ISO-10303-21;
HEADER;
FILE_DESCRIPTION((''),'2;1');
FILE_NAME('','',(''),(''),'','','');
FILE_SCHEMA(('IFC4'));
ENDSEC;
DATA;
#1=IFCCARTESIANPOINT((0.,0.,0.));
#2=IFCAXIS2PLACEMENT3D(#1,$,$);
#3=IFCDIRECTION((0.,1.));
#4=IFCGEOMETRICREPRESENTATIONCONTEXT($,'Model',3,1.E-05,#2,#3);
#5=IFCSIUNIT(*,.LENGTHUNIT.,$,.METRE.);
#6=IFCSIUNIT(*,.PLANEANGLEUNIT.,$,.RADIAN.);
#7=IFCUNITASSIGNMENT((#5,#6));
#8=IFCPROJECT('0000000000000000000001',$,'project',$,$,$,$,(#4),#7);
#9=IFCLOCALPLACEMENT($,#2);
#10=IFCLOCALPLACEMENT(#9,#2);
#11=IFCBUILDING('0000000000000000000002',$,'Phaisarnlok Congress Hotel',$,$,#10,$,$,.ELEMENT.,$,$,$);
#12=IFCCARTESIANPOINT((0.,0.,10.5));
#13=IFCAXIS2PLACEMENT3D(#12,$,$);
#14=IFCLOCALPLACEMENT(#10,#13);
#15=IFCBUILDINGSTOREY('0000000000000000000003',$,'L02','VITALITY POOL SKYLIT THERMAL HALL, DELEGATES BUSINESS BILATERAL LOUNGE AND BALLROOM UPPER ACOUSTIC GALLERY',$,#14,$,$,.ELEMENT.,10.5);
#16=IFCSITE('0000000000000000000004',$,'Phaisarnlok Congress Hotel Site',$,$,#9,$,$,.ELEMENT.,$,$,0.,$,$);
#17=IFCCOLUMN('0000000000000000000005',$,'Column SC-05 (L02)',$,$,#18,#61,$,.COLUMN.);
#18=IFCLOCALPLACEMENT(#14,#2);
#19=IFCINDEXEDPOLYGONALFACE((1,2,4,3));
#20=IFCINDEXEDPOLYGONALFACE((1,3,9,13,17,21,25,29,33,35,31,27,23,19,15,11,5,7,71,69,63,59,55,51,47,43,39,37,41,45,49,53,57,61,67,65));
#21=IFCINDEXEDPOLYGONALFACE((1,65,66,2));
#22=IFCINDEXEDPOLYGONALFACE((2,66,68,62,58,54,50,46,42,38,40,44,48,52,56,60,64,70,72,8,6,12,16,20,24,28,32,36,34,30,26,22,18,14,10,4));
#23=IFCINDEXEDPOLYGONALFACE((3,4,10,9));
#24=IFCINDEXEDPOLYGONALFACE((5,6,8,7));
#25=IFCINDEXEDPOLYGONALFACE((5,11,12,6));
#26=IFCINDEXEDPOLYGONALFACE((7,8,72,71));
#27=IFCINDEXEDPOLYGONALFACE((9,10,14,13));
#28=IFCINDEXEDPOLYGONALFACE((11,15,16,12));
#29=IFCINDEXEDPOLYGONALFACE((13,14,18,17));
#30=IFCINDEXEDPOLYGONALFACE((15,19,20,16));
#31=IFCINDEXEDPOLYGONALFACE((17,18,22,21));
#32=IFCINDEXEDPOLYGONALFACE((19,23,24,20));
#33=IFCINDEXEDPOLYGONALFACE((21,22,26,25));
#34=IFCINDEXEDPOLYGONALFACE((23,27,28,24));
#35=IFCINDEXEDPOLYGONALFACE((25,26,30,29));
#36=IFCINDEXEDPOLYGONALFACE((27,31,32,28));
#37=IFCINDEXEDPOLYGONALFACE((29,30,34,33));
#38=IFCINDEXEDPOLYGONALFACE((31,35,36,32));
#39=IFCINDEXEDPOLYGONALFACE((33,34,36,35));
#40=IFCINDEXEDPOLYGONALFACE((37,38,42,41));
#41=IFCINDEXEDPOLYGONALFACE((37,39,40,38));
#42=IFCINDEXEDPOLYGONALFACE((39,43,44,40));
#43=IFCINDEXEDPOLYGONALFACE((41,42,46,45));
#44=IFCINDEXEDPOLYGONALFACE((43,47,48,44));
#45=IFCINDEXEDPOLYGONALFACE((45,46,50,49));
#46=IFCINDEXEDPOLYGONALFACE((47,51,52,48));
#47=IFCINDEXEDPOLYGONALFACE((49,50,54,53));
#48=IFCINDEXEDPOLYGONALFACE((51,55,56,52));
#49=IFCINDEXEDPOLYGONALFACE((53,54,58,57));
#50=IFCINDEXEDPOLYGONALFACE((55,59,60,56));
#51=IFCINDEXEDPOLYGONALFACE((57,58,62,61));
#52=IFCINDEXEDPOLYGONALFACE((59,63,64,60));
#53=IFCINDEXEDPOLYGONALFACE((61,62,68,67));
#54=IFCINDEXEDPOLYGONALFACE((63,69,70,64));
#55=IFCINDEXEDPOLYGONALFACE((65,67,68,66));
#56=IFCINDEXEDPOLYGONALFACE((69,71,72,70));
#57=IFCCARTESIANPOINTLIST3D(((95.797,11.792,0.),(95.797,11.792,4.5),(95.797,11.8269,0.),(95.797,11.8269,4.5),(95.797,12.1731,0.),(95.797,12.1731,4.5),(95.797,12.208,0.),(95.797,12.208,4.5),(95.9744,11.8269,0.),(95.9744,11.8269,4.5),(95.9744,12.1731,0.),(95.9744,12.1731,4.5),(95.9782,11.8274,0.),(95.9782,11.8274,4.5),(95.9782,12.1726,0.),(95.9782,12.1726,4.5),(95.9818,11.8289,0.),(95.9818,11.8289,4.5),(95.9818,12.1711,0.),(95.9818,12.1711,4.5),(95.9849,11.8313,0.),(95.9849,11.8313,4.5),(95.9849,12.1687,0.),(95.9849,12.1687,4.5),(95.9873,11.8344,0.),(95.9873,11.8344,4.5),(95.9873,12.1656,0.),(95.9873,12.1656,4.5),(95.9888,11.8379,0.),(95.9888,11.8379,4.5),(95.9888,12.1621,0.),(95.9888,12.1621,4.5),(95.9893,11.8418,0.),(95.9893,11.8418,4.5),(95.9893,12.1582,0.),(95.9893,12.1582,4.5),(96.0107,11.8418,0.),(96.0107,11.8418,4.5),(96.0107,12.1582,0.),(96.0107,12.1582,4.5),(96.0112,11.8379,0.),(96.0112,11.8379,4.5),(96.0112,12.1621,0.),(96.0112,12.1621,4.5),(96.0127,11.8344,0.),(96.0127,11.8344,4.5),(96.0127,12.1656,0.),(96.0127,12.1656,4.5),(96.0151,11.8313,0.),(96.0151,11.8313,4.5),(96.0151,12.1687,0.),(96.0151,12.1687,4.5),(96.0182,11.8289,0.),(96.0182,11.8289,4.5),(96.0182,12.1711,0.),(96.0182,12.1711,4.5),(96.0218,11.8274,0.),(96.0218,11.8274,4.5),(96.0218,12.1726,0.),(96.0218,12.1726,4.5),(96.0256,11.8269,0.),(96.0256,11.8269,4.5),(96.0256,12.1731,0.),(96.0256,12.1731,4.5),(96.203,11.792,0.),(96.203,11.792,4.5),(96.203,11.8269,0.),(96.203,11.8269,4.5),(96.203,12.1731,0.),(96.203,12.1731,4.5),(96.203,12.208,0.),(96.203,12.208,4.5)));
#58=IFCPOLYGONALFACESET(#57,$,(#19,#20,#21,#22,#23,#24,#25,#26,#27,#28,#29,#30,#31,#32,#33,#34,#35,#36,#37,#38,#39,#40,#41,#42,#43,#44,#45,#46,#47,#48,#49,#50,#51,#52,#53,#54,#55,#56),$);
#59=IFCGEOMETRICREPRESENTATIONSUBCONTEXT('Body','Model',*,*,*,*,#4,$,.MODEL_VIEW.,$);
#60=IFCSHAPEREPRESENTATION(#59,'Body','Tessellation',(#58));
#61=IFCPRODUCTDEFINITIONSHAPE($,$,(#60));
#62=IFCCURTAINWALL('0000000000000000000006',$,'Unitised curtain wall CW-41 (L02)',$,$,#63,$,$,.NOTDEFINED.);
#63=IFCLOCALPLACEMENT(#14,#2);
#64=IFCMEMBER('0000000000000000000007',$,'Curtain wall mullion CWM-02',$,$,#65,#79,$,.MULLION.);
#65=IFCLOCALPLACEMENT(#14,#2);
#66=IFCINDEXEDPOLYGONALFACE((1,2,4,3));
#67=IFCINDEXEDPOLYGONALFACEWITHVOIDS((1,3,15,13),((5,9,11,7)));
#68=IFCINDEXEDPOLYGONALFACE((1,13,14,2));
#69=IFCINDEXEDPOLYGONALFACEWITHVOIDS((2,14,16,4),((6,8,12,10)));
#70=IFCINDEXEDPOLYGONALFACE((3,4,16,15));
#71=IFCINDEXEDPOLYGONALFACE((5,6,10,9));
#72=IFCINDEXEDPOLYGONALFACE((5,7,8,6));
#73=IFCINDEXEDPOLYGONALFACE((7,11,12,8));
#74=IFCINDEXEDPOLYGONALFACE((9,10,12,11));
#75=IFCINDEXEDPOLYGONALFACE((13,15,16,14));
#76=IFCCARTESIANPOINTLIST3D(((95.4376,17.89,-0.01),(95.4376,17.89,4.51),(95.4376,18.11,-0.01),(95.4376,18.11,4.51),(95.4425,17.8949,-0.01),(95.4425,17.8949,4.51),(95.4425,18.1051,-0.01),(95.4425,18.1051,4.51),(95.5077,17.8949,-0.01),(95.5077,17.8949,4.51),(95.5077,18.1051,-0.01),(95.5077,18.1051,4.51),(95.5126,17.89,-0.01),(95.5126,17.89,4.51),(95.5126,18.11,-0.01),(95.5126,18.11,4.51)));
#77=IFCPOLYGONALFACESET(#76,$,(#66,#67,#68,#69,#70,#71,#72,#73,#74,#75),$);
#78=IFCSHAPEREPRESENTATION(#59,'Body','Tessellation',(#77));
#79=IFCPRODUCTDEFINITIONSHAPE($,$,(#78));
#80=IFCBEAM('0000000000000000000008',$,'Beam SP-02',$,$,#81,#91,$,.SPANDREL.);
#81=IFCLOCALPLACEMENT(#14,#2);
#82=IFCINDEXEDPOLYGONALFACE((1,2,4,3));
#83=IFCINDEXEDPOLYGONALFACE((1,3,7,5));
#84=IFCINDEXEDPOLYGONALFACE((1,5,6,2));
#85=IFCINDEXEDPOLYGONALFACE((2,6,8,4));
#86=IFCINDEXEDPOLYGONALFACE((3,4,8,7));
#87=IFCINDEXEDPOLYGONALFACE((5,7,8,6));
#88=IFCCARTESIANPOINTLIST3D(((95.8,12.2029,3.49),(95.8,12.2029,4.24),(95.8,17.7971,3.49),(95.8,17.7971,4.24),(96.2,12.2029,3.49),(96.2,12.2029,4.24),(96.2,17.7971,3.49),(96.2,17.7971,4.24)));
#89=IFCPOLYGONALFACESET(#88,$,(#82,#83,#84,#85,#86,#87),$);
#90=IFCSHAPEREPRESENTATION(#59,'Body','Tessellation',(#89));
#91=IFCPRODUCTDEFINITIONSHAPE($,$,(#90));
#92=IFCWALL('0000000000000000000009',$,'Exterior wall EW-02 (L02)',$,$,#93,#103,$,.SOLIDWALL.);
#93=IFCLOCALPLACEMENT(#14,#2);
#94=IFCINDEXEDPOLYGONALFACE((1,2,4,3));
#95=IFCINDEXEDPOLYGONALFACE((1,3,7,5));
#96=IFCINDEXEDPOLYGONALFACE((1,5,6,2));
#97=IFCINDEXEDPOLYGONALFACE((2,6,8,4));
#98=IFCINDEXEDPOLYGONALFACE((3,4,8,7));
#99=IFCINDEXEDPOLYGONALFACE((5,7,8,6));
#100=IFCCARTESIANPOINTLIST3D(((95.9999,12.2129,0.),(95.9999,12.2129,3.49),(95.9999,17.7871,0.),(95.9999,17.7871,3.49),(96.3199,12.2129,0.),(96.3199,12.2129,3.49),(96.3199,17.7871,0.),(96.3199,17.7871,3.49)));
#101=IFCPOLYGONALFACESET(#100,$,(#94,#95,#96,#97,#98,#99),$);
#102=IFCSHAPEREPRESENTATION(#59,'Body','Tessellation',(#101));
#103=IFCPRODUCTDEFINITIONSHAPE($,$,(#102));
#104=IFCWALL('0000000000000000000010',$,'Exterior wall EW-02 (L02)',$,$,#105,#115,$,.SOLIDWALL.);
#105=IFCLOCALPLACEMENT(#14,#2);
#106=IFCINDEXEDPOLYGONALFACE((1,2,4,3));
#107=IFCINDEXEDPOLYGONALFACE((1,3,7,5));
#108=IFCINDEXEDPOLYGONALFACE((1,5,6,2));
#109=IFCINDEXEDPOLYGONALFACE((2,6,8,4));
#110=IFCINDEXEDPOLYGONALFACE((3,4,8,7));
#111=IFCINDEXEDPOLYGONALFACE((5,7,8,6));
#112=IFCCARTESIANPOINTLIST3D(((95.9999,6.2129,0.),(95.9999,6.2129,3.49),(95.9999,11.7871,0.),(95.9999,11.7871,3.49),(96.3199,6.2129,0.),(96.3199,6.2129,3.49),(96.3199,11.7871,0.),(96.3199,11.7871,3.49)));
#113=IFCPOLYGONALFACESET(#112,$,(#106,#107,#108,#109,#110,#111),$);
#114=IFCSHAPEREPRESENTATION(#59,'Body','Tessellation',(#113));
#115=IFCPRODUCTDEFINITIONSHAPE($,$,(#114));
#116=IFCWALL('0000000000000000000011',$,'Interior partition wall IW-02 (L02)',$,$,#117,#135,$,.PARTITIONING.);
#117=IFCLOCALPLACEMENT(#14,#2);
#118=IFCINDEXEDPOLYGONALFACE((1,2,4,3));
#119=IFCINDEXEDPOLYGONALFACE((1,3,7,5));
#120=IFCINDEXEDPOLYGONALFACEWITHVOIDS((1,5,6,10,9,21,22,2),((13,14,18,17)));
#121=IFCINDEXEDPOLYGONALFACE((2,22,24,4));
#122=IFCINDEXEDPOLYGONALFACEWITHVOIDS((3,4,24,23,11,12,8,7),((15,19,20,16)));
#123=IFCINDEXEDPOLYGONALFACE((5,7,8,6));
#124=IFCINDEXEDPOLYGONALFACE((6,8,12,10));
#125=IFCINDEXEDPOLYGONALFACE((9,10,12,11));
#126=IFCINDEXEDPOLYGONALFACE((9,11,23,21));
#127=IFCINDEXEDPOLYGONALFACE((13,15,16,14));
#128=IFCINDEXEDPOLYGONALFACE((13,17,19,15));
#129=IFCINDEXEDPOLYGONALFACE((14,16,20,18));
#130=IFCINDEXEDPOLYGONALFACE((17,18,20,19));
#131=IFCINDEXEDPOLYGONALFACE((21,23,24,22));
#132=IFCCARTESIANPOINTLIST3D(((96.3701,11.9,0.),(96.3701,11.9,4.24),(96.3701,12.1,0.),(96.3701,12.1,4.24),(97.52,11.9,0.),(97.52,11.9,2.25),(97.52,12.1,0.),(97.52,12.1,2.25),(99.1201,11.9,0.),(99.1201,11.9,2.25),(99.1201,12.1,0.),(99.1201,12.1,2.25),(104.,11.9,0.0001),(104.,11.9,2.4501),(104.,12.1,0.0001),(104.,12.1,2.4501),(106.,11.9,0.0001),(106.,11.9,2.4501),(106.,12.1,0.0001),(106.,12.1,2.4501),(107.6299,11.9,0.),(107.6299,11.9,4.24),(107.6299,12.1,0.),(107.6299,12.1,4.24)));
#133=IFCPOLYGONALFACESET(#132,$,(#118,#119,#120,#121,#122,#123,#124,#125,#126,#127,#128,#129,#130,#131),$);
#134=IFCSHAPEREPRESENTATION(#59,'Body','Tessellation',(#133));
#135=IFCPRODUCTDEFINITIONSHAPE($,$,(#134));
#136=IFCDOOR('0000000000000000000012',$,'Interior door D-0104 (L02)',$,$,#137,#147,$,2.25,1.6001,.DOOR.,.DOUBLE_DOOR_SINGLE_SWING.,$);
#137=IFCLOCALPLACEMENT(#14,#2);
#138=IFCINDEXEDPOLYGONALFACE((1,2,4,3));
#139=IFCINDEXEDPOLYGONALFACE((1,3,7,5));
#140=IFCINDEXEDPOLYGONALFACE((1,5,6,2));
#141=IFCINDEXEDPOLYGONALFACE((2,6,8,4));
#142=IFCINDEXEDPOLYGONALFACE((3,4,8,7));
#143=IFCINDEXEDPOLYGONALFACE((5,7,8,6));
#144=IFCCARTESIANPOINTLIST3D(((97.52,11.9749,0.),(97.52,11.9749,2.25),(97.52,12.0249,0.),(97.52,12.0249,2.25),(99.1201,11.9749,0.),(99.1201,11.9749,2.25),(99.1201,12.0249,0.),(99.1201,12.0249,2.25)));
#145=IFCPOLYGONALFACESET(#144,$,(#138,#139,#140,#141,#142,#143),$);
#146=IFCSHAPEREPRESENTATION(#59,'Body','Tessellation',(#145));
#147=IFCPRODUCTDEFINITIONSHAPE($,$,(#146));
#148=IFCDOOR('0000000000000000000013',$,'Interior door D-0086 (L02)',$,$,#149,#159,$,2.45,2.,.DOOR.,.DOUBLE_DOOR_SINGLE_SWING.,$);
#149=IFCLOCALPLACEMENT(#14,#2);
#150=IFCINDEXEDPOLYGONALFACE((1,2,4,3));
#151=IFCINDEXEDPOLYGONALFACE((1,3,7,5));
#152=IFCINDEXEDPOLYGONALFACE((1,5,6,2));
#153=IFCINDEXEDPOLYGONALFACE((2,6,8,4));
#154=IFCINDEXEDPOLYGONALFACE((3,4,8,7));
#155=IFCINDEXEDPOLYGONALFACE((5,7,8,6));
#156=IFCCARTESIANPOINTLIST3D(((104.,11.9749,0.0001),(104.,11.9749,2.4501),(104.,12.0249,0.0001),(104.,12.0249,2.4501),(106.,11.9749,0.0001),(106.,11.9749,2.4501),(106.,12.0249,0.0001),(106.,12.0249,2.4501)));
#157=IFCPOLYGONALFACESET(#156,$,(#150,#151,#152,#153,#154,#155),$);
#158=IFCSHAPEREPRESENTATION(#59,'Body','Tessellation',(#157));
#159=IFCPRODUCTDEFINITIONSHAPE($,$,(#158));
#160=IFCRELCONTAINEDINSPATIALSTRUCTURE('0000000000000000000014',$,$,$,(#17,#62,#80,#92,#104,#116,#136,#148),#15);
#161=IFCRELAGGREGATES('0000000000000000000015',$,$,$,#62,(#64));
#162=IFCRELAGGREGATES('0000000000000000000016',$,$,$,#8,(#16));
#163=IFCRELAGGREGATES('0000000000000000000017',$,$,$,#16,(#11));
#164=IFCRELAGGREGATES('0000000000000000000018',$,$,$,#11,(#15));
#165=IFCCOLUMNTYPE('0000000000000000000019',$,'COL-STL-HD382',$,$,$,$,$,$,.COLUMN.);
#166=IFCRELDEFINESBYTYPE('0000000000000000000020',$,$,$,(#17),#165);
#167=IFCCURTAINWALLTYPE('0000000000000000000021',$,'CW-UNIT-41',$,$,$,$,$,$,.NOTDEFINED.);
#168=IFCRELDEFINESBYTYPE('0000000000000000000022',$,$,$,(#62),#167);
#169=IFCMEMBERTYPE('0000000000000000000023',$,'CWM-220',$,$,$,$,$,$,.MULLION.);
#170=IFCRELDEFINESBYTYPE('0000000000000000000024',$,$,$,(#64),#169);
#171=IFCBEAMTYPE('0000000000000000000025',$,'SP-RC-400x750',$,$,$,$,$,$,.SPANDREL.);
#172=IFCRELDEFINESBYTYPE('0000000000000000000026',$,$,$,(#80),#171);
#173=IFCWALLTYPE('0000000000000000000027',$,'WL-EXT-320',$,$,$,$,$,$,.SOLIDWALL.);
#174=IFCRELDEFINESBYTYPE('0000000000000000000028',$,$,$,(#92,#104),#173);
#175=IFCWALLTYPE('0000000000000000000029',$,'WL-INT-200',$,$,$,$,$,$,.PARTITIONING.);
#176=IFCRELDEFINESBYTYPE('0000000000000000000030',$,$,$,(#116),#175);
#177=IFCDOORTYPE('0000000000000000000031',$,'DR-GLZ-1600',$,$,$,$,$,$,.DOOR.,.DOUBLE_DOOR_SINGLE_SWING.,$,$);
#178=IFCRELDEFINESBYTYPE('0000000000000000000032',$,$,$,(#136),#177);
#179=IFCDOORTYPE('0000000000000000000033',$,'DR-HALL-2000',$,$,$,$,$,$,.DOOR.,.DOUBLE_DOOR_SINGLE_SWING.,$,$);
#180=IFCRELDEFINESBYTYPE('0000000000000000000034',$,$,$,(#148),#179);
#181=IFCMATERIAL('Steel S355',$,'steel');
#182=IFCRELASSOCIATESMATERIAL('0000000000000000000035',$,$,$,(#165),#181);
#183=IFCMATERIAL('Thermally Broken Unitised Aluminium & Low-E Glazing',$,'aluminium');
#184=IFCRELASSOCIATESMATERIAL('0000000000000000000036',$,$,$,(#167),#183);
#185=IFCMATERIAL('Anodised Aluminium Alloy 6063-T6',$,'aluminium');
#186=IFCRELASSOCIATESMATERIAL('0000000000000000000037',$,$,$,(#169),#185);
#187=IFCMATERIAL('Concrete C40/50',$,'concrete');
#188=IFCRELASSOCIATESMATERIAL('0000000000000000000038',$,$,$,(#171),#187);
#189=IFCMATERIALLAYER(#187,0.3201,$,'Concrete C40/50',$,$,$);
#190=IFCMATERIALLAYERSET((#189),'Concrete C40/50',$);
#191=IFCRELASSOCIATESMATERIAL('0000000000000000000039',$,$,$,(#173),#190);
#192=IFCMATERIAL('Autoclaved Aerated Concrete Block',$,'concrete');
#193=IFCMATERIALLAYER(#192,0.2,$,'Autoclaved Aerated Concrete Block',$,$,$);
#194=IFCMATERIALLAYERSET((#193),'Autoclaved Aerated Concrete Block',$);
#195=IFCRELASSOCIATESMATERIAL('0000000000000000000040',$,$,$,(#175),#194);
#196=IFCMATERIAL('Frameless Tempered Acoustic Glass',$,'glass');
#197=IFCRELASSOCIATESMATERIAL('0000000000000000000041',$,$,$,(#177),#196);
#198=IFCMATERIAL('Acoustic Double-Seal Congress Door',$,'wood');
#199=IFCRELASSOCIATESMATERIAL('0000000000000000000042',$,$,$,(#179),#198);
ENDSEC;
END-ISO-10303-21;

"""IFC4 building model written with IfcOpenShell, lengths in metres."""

from ifc_helpers import new_model, si_unit, direction, frame, frame_2d, origin, origin_2d, place, context, subcontext, project, spatial, rectangle, hollow_rectangle, i_section, extrude, material, layer, layer_set, material_profile, profile_set, type_object, element, fill, aggregate, save


model = new_model("IFC4")

# Units and contexts
model_context = context("Model", 3, precision=1e-05, world=origin(), true_north=direction((0.0, 1.0)))
body_context = subcontext(model_context, "Body", "Model", "MODEL_VIEW")
ifc_project = project(units=[si_unit("LENGTHUNIT", "METRE"), si_unit("PLANEANGLEUNIT", "RADIAN")], contexts=[model_context])

# Site, building, storey
site_placement = place(None, origin())
site = spatial("IfcSite", under=ifc_project, at=site_placement, Name="Phaisarnlok Congress Hotel Site", CompositionType="ELEMENT", RefElevation=0.0)
building_placement = place(site_placement, origin())
building = spatial("IfcBuilding", under=site, at=building_placement, Name="Phaisarnlok Congress Hotel", CompositionType="ELEMENT")
storey_placement = place(building_placement, frame((0.0, 0.0, 10.5)))
storey = spatial("IfcBuildingStorey", under=building, at=storey_placement, Name="L02", Description="VITALITY POOL SKYLIT THERMAL HALL, DELEGATES BUSINESS BILATERAL LOUNGE AND BALLROOM UPPER ACOUSTIC GALLERY", CompositionType="ELEMENT", Elevation=10.5)

# Column
ifc_material_1 = material(Name="Steel S355", Category="steel")
ifc_material_profile_1 = material_profile(ifc_material_1, i_section(OverallWidth=0.406, OverallDepth=0.416, WebThickness=0.0215, FlangeThickness=0.0349, FilletRadius=0.0149, at=origin_2d()), Name="HD 400x382")
ifc_profile_set_1 = profile_set([ifc_material_profile_1], Name="Steel S355")
column_type = type_object("IfcColumnType", Name="COL-STL-HD382", PredefinedType="COLUMN", material=ifc_profile_set_1)
column_placement = place(storey_placement, frame((96.0, 12.0, 0.0), z_axis=(0.0, 0.0, 1.0), x_axis=(1.0, 0.0, 0.0)))
element("IfcColumn", 1, at=column_placement, inside=storey, type_object=column_type, Name="Column SC-05 (L02)", PredefinedType="COLUMN", context=body_context, shape_type="SweptSolid", body=[
    extrude(i_section(OverallWidth=0.406, OverallDepth=0.416, WebThickness=0.0215, FlangeThickness=0.0349, FilletRadius=0.0149, at=origin_2d()), origin(), (0.0, 0.0, 1.0), 4.5),
])

# Curtain wall, member
ifc_material_2 = material(Name="Thermally Broken Unitised Aluminium & Low-E Glazing", Category="aluminium")
curtain_wall_type = type_object("IfcCurtainWallType", Name="CW-UNIT-41", PredefinedType="NOTDEFINED", material=ifc_material_2)
curtain_wall_placement = place(storey_placement, origin())
curtain_wall = element("IfcCurtainWall", 2, at=curtain_wall_placement, inside=storey, type_object=curtain_wall_type, Name="Unitised curtain wall CW-41 (L02)", PredefinedType="NOTDEFINED")
ifc_material_3 = material(Name="Anodised Aluminium Alloy 6063-T6", Category="aluminium")
ifc_material_profile_2 = material_profile(ifc_material_3, hollow_rectangle(XDim=0.075, YDim=0.22, WallThickness=0.0049, at=origin_2d()), Name="ALU-M 75x220x5")
ifc_profile_set_2 = profile_set([ifc_material_profile_2], Name="Anodised Aluminium Alloy 6063-T6")
member_type = type_object("IfcMemberType", Name="CWM-220", PredefinedType="MULLION", material=ifc_profile_set_2)
member_placement = place(storey_placement, frame((95.4751, 18.0, -0.01), z_axis=(0.0, 0.0, 1.0), x_axis=(1.0, 0.0, 0.0)))
member = element("IfcMember", 3, at=member_placement, type_object=member_type, Name="Curtain wall mullion CWM-02", PredefinedType="MULLION", context=body_context, shape_type="SweptSolid", body=[
    extrude(hollow_rectangle(XDim=0.075, YDim=0.22, WallThickness=0.0049, at=origin_2d()), origin(), (0.0, 0.0, 1.0), 4.52),
])
aggregate(curtain_wall, [member])

# Beam
ifc_material_4 = material(Name="Concrete C40/50", Category="concrete")
ifc_material_profile_3 = material_profile(ifc_material_4, rectangle(XDim=0.3999, YDim=0.75, at=origin_2d()), Name="RC 400x750")
ifc_profile_set_3 = profile_set([ifc_material_profile_3], Name="Concrete C40/50")
beam_type = type_object("IfcBeamType", Name="SP-RC-400x750", PredefinedType="SPANDREL", material=ifc_profile_set_3)
beam_placement = place(storey_placement, frame((96.0, 12.2029, 3.865), z_axis=(0.0, 1.0, 0.0), x_axis=(-1.0, 0.0, 0.0)))
element("IfcBeam", 4, at=beam_placement, inside=storey, type_object=beam_type, Name="Beam SP-02", PredefinedType="SPANDREL", context=body_context, shape_type="SweptSolid", body=[
    extrude(rectangle(XDim=0.3999, YDim=0.75, at=origin_2d()), origin(), (0.0, 0.0, 1.0), 5.5942),
])

# Walls
ifc_layer_1 = layer(ifc_material_4, 0.3201, Name="Concrete C40/50")
ifc_layer_set_1 = layer_set([ifc_layer_1], Name="Concrete C40/50")
wall_type_1 = type_object("IfcWallType", Name="WL-EXT-320", PredefinedType="SOLIDWALL", material=ifc_layer_set_1)
for number, where, z_axis, x_axis, name in (
    (5, (96.1599, 17.7871, 0.0), (0.0, 0.0, 1.0), (0.0, -1.0, 0.0), "Exterior wall EW-02 (L02)"),
    (6, (96.1599, 11.7871, 0.0), (0.0, 0.0, 1.0), (0.0, -1.0, 0.0), "Exterior wall EW-02 (L02)"),
):
    element("IfcWall", number, at=place(storey_placement, frame(where, z_axis=z_axis, x_axis=x_axis)), inside=storey, type_object=wall_type_1, Name=name, PredefinedType="SOLIDWALL", context=body_context, shape_type="SweptSolid", body=[
        extrude(rectangle(XDim=5.5742, YDim=0.3201, at=frame_2d((2.7871, 0.0))), origin(), (0.0, 0.0, 1.0), 3.49),
    ])

# Wall, openings, doors
ifc_material_5 = material(Name="Autoclaved Aerated Concrete Block", Category="concrete")
ifc_layer_2 = layer(ifc_material_5, 0.2, Name="Autoclaved Aerated Concrete Block")
ifc_layer_set_2 = layer_set([ifc_layer_2], Name="Autoclaved Aerated Concrete Block")
wall_type_2 = type_object("IfcWallType", Name="WL-INT-200", PredefinedType="PARTITIONING", material=ifc_layer_set_2)
wall_placement = place(storey_placement, frame((96.3701, 12.0, 0.0), z_axis=(0.0, 0.0, 1.0), x_axis=(1.0, 0.0, 0.0)))
wall = element("IfcWall", 7, at=wall_placement, inside=storey, type_object=wall_type_2, Name="Interior partition wall IW-02 (L02)", PredefinedType="PARTITIONING", context=body_context, shape_type="SweptSolid", body=[
    extrude(rectangle(XDim=11.2598, YDim=0.2, at=frame_2d((5.6299, 0.0))), origin(), (0.0, 0.0, 1.0), 4.24),
])
opening_1_placement = place(wall_placement, frame((7.6299, 0.0, 0.0)))
opening_1 = element("IfcOpeningElement", 8, at=opening_1_placement, cuts=wall, PredefinedType="OPENING", context=body_context, shape_type="SweptSolid", body=[
    extrude(rectangle(XDim=2.0, YDim=2.45, at=frame_2d((1.0, 1.2251))), frame((0.0, 0.1099, 0.0), z_axis=(0.0, -1.0, 0.0), x_axis=(1.0, 0.0, 0.0)), (0.0, 0.0, 1.0), 0.22),
])
opening_2_placement = place(wall_placement, frame((1.1499, 0.0, 0.0)))
opening_2 = element("IfcOpeningElement", 9, at=opening_2_placement, cuts=wall, PredefinedType="OPENING", context=body_context, shape_type="SweptSolid", body=[
    extrude(rectangle(XDim=1.6001, YDim=2.25, at=frame_2d((0.8, 1.125))), frame((0.0, 0.1099, 0.0), z_axis=(0.0, -1.0, 0.0), x_axis=(1.0, 0.0, 0.0)), (0.0, 0.0, 1.0), 0.22),
])
ifc_material_6 = material(Name="Frameless Tempered Acoustic Glass", Category="glass")
door_type_1 = type_object("IfcDoorType", Name="DR-GLZ-1600", OperationType="DOUBLE_DOOR_SINGLE_SWING", PredefinedType="DOOR", material=ifc_material_6)
door_1_placement = place(opening_2_placement, origin())
door_1 = element("IfcDoor", 10, at=door_1_placement, inside=storey, type_object=door_type_1, Name="Interior door D-0104 (L02)", OperationType="DOUBLE_DOOR_SINGLE_SWING", OverallHeight=2.25, OverallWidth=1.6001, PredefinedType="DOOR", context=body_context, shape_type="SweptSolid", body=[
    extrude(rectangle(XDim=1.6001, YDim=2.25, at=frame_2d((0.8, 1.125))), frame((0.0, 0.0249, 0.0), z_axis=(0.0, -1.0, 0.0), x_axis=(1.0, 0.0, 0.0)), (0.0, 0.0, 1.0), 0.05),
])
fill(opening_2, door_1)
ifc_material_7 = material(Name="Acoustic Double-Seal Congress Door", Category="wood")
door_type_2 = type_object("IfcDoorType", Name="DR-HALL-2000", OperationType="DOUBLE_DOOR_SINGLE_SWING", PredefinedType="DOOR", material=ifc_material_7)
door_2_placement = place(opening_1_placement, origin())
door_2 = element("IfcDoor", 11, at=door_2_placement, inside=storey, type_object=door_type_2, Name="Interior door D-0086 (L02)", OperationType="DOUBLE_DOOR_SINGLE_SWING", OverallHeight=2.45, OverallWidth=2.0, PredefinedType="DOOR", context=body_context, shape_type="SweptSolid", body=[
    extrude(rectangle(XDim=2.0, YDim=2.45, at=frame_2d((1.0, 1.2251))), frame((0.0, 0.0249, 0.0), z_axis=(0.0, -1.0, 0.0), x_axis=(1.0, 0.0, 0.0)), (0.0, 0.0, 1.0), 0.05),
])
fill(opening_1, door_2)

save(model, "model.ifc")
